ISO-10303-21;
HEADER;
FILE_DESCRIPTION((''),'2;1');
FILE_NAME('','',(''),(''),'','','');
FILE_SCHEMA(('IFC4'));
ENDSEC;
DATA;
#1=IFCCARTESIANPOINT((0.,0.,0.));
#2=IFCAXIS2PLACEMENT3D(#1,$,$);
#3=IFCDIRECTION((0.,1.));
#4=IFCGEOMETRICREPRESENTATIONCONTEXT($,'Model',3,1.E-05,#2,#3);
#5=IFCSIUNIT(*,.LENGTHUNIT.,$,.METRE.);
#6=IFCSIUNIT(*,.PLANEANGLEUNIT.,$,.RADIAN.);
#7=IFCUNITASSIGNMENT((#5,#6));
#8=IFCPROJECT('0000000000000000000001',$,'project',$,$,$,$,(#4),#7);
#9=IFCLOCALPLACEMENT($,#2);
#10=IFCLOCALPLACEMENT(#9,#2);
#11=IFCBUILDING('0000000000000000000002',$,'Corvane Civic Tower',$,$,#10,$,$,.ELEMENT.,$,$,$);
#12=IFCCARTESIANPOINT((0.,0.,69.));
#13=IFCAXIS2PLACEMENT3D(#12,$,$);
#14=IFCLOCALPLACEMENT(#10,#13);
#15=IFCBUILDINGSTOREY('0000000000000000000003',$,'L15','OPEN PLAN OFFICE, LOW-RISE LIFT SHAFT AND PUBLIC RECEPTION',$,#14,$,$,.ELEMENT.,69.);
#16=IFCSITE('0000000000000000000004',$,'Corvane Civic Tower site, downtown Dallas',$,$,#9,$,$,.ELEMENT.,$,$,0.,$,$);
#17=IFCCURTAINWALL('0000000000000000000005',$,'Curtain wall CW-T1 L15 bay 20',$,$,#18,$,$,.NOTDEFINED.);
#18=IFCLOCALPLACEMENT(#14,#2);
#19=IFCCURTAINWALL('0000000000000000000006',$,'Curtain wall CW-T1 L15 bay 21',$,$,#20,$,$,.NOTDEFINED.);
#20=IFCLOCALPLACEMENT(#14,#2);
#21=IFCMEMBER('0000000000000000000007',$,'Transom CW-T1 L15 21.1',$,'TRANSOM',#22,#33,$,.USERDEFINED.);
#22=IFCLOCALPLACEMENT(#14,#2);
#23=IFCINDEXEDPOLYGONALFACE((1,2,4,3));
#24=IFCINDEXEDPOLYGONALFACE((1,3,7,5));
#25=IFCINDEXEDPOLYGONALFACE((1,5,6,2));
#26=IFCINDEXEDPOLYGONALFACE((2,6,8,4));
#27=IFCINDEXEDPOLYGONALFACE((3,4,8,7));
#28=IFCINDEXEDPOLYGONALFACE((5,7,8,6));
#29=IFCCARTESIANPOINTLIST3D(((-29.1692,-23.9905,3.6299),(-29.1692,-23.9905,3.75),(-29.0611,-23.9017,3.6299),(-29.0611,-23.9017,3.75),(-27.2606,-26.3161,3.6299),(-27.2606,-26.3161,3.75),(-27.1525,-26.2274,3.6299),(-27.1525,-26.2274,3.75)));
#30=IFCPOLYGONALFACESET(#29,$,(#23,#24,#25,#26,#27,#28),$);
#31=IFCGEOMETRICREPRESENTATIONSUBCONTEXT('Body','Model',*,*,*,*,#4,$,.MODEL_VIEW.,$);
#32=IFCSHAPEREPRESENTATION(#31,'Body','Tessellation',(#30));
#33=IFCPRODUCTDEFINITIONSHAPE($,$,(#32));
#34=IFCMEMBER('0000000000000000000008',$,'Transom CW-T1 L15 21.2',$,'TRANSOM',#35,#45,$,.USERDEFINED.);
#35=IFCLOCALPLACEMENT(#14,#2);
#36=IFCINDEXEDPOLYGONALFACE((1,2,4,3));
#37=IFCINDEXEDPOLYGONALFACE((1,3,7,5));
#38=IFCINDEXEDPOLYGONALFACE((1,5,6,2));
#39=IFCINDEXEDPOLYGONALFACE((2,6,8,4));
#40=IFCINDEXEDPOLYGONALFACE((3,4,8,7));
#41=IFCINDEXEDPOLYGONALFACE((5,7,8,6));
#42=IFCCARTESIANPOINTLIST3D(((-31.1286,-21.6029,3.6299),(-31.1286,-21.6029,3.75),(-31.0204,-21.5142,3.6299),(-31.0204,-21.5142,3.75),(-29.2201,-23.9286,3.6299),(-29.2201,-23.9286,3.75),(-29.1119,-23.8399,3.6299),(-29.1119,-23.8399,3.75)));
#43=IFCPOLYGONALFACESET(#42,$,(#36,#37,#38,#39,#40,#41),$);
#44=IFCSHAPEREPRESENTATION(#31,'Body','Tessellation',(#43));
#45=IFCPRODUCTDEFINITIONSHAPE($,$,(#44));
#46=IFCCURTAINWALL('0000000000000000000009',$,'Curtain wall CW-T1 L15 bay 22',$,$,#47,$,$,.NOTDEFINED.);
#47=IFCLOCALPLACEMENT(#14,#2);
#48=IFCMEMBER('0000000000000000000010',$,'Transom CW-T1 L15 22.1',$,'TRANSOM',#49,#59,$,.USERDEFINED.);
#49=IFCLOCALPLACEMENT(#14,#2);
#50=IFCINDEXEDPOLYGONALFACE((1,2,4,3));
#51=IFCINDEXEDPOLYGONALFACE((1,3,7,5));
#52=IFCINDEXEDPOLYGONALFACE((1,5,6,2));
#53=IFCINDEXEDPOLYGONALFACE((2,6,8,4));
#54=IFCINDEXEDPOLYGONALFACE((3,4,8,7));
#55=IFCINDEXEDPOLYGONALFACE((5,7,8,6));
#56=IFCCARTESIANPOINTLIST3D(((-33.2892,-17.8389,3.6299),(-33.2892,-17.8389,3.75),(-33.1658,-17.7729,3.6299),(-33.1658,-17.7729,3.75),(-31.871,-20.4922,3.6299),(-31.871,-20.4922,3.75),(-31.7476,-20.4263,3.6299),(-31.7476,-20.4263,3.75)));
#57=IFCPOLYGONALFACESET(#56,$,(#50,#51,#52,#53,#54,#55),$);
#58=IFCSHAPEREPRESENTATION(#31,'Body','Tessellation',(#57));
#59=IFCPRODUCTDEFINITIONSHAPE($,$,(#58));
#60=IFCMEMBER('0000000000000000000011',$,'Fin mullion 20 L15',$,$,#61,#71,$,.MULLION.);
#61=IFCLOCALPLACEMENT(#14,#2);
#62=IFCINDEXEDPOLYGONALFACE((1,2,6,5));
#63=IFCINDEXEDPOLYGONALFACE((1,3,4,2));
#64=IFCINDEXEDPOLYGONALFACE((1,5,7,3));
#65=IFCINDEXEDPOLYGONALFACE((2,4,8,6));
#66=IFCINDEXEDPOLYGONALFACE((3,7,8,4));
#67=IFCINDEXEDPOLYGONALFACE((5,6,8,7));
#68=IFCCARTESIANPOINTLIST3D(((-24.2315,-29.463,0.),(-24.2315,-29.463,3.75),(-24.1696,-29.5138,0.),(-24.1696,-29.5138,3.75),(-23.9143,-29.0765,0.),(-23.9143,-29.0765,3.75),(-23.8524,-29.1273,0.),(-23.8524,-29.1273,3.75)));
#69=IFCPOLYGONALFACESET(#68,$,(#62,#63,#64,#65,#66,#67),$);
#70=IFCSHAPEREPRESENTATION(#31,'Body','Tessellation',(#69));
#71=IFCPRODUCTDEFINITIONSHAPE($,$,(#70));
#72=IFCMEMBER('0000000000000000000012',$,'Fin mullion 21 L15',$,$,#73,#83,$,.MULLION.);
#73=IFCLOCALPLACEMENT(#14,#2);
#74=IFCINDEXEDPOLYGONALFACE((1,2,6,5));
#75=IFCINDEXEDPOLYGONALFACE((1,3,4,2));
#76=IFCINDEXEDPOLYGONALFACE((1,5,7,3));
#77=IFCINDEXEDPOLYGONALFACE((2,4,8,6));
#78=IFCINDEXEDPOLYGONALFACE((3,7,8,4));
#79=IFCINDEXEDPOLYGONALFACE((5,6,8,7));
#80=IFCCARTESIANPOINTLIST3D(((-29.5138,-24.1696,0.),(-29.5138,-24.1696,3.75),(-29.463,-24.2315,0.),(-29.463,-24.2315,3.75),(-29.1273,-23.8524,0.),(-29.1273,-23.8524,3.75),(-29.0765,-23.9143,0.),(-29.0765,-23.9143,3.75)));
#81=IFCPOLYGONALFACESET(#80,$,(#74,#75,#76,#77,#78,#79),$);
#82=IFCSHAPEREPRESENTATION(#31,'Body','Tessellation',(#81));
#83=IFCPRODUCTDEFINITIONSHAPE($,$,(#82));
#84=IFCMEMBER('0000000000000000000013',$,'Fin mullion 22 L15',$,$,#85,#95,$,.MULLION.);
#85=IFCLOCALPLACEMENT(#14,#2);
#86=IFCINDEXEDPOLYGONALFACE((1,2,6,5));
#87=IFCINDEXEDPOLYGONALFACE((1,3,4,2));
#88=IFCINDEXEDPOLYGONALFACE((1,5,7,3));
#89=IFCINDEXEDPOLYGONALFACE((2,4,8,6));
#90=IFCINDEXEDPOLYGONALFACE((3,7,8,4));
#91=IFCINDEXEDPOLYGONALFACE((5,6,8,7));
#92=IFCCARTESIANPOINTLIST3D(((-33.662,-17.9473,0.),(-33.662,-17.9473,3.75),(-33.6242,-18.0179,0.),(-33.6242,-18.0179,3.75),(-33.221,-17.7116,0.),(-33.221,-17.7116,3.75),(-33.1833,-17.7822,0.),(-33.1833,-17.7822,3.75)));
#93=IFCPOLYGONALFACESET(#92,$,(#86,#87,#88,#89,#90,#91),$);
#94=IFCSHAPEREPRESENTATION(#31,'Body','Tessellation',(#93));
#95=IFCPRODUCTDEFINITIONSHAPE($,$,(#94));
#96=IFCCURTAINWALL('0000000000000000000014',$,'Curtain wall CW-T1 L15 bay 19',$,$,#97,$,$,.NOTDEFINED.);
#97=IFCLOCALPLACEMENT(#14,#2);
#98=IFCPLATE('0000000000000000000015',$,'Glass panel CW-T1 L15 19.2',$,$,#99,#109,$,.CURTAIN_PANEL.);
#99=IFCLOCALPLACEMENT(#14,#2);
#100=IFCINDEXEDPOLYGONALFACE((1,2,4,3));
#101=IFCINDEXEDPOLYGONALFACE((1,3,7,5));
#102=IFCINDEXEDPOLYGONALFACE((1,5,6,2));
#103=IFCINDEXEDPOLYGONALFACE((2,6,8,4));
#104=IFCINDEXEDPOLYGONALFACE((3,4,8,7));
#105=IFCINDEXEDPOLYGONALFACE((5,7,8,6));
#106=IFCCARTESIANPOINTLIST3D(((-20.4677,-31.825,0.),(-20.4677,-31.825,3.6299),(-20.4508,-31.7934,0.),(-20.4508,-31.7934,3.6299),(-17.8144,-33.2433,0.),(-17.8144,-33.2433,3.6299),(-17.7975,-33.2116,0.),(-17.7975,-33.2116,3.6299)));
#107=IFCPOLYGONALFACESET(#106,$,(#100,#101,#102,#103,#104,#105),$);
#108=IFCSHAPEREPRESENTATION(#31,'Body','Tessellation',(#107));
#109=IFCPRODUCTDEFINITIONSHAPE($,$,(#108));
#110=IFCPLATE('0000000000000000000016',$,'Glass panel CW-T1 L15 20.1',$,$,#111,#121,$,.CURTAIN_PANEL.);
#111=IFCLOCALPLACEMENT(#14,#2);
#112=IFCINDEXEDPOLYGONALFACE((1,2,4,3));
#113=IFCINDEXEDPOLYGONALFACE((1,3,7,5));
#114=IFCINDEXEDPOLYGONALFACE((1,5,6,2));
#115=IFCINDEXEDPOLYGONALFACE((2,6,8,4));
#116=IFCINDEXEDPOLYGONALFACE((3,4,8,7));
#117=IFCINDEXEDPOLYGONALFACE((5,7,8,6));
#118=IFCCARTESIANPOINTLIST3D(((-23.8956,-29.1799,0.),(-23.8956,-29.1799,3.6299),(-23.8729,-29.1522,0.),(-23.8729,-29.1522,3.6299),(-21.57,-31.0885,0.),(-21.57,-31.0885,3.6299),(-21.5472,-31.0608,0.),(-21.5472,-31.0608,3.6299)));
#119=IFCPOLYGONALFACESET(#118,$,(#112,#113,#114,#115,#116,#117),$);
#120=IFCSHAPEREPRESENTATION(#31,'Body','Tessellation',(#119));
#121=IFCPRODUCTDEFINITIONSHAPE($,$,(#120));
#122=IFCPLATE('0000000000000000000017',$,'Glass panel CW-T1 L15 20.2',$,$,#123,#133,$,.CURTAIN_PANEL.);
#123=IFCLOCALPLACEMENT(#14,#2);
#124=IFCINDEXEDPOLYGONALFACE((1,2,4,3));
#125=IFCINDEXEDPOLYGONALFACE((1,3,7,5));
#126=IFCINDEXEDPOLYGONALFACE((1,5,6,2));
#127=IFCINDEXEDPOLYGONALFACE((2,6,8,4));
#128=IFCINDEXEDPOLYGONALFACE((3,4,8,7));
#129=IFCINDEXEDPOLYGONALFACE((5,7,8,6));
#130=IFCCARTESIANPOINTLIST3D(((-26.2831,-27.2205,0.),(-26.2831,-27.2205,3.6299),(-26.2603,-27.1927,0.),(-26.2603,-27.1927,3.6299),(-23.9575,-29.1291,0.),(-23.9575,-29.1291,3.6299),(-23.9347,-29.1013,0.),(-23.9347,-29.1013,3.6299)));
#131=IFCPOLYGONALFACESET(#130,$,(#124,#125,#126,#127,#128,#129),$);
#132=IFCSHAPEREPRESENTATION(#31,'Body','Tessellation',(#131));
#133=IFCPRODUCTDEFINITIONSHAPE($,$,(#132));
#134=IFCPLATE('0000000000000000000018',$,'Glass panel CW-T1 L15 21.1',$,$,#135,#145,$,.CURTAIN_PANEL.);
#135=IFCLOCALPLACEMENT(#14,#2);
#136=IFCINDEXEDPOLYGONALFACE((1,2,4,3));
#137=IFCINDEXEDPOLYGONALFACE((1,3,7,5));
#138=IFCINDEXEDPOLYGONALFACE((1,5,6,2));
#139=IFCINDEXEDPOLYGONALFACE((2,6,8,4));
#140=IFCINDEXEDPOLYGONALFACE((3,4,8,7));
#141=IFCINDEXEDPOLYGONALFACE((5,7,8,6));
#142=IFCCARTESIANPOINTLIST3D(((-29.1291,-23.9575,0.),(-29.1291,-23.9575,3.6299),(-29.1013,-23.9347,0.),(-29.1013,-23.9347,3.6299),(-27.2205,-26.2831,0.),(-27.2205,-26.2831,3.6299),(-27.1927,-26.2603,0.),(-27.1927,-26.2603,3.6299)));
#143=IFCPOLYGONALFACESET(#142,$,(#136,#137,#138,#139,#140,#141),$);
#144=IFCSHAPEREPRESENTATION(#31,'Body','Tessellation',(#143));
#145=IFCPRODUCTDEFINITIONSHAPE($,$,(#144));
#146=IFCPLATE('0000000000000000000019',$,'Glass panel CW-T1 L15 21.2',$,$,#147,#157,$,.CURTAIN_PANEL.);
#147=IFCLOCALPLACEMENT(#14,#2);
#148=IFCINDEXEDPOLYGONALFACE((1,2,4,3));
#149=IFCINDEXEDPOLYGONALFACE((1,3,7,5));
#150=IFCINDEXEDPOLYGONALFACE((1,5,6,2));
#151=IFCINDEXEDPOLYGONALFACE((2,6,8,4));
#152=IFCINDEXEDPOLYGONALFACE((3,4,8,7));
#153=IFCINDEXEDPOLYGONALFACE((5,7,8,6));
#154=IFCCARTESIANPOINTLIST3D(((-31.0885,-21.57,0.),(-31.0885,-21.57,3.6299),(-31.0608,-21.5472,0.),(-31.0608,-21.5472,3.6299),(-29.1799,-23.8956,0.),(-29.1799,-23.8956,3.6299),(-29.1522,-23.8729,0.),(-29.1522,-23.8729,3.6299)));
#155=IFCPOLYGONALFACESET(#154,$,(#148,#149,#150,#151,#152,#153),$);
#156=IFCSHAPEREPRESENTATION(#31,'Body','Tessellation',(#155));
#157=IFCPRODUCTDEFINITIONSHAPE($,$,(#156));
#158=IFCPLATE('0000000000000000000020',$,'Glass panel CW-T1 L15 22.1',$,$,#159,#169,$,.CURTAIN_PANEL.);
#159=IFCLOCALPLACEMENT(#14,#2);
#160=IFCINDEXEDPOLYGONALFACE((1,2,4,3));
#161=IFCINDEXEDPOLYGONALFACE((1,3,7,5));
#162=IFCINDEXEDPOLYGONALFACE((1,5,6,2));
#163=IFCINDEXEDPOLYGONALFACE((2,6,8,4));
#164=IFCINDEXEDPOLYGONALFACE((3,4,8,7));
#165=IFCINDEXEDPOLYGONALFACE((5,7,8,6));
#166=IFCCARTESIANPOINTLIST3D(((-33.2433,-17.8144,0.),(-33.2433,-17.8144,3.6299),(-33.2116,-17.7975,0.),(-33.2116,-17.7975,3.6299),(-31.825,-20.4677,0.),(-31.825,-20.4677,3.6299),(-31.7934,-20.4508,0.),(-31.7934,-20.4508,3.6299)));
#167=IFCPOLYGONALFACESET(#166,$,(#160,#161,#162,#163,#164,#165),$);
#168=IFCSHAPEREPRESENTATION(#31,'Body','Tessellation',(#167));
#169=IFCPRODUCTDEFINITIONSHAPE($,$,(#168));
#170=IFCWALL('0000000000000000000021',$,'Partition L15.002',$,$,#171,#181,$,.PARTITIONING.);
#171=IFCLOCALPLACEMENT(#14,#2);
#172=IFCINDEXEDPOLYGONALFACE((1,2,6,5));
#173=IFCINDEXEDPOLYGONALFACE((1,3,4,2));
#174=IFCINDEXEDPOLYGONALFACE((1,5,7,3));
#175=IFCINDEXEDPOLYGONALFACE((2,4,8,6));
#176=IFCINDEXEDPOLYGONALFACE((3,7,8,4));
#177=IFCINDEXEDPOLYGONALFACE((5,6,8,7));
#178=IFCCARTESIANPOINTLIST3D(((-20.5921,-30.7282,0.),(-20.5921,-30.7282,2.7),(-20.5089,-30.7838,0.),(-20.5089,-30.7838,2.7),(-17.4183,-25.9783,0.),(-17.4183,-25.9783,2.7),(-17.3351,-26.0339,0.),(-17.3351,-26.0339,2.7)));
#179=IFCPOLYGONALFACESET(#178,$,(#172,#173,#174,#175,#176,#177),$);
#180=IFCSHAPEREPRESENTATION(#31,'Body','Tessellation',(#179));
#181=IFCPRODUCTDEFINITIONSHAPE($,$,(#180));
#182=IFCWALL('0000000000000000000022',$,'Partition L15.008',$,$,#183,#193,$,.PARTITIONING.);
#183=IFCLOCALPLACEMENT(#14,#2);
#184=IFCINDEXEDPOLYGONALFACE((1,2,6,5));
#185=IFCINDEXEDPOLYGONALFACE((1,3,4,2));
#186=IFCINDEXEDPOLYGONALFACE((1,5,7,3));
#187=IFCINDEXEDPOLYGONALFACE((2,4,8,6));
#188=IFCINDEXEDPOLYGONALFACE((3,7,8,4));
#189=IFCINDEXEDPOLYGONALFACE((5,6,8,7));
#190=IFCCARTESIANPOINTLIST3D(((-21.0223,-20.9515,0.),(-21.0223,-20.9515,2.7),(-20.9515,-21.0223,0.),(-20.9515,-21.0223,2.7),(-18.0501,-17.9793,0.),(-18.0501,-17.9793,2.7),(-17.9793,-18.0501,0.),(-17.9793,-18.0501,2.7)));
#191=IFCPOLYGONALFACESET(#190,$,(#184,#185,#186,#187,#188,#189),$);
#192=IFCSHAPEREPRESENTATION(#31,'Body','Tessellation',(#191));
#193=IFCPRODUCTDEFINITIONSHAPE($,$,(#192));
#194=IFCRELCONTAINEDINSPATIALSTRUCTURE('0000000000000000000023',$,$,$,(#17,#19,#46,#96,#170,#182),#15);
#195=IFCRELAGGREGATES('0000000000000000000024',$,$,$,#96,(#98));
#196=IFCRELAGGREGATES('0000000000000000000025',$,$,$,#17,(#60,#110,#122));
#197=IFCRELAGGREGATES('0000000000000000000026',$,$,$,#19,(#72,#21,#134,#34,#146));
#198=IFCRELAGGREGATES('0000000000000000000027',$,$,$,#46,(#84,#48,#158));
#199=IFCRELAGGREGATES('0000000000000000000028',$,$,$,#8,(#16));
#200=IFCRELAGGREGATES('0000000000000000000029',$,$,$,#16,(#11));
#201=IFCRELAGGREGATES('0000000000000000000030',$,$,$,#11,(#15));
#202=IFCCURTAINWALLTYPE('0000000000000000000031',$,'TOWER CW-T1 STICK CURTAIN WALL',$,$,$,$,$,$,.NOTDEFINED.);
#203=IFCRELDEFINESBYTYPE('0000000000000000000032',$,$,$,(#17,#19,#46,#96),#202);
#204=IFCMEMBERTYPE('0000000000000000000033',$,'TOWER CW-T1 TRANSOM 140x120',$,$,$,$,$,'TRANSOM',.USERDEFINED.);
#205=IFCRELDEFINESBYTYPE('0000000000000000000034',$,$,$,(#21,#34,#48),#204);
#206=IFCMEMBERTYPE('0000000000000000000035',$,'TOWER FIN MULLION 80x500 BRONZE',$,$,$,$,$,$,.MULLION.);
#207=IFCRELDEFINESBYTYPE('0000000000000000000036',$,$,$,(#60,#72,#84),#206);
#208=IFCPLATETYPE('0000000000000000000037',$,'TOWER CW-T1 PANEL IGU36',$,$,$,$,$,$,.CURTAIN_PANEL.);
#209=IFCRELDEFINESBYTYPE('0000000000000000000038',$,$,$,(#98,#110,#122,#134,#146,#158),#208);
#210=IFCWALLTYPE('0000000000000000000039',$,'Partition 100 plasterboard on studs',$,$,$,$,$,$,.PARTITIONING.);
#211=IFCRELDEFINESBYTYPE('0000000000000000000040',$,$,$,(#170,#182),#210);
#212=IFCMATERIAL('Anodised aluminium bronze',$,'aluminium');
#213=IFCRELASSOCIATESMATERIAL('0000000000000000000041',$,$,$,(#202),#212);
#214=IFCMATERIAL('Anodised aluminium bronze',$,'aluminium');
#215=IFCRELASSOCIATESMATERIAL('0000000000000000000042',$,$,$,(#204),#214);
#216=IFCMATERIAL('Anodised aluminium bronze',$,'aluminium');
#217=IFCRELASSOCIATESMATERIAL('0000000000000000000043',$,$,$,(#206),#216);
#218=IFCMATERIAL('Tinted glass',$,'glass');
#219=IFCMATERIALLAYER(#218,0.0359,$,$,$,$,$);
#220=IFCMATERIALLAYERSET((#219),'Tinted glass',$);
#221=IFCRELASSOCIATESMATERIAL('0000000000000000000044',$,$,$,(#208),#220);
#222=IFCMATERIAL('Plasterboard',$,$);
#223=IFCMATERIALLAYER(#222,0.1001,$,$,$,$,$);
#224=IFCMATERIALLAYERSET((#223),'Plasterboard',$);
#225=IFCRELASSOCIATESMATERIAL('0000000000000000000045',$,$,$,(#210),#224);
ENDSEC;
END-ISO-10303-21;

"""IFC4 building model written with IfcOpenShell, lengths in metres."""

from ifc_helpers import new_model, si_unit, direction, frame, frame_2d, origin, origin_2d, place, context, subcontext, project, spatial, rectangle, extrude, material, layer, layer_set, material_profile, profile_set, type_object, element, aggregate, save


model = new_model("IFC4")

# Units and contexts
model_context = context("Model", 3, precision=1e-05, world=origin(), true_north=direction((0.0, 1.0)))
body_context = subcontext(model_context, "Body", "Model", "MODEL_VIEW")
ifc_project = project(units=[si_unit("LENGTHUNIT", "METRE"), si_unit("PLANEANGLEUNIT", "RADIAN")], contexts=[model_context])

# Site, building, storey
site_placement = place(None, origin())
site = spatial("IfcSite", under=ifc_project, at=site_placement, Name="Corvane Civic Tower site, downtown Dallas", CompositionType="ELEMENT", RefElevation=0.0)
building_placement = place(site_placement, origin())
building = spatial("IfcBuilding", under=site, at=building_placement, Name="Corvane Civic Tower", CompositionType="ELEMENT")
storey_placement = place(building_placement, frame((0.0, 0.0, 69.0)))
storey = spatial("IfcBuildingStorey", under=building, at=storey_placement, Name="L15", Description="OPEN PLAN OFFICE, LOW-RISE LIFT SHAFT AND PUBLIC RECEPTION", CompositionType="ELEMENT", Elevation=69.0)

# Curtain walls, members
ifc_material_1 = material(Name="Anodised aluminium bronze", Category="aluminium")
curtain_wall_type = type_object("IfcCurtainWallType", Name="TOWER CW-T1 STICK CURTAIN WALL", PredefinedType="NOTDEFINED", material=ifc_material_1)
curtain_wall_1_placement = place(storey_placement, origin())
curtain_wall_1 = element("IfcCurtainWall", 1, at=curtain_wall_1_placement, inside=storey, type_object=curtain_wall_type, Name="Curtain wall CW-T1 L15 bay 20", PredefinedType="NOTDEFINED")
ifc_material_2 = material(Name="Anodised aluminium bronze", Category="aluminium")
ifc_material_profile_1 = material_profile(ifc_material_2, rectangle(XDim=0.1399, YDim=0.1201, at=origin_2d()), Name="TOWER CW-T1 TRANSOM 140x120")
ifc_profile_set_1 = profile_set([ifc_material_profile_1], Name="Anodised aluminium bronze")
member_type_1 = type_object("IfcMemberType", Name="TOWER CW-T1 TRANSOM 140x120", ElementType="TRANSOM", PredefinedType="USERDEFINED", material=ifc_profile_set_1)
curtain_wall_2_placement = place(storey_placement, origin())
curtain_wall_2 = element("IfcCurtainWall", 2, at=curtain_wall_2_placement, inside=storey, type_object=curtain_wall_type, Name="Curtain wall CW-T1 L15 bay 21", PredefinedType="NOTDEFINED")
member_1_placement = place(storey_placement, frame((-27.2065, -26.2717, 3.6899), z_axis=(-0.634404, 0.773002, 0.0), x_axis=(-0.773002, -0.634404, 0.0)))
member_1 = element("IfcMember", 3, at=member_1_placement, type_object=member_type_1, Name="Transom CW-T1 L15 21.1", ObjectType="TRANSOM", PredefinedType="USERDEFINED", context=body_context, shape_type="SweptSolid", body=[
    extrude(rectangle(XDim=0.1399, YDim=0.1201, at=origin_2d()), origin(), (0.0, 0.0, 1.0), 3.0085),
])
member_2_placement = place(storey_placement, frame((-29.166, -23.8843, 3.6899), z_axis=(-0.634355, 0.773042, 0.0), x_axis=(-0.773042, -0.634355, 0.0)))
member_2 = element("IfcMember", 4, at=member_2_placement, type_object=member_type_1, Name="Transom CW-T1 L15 21.2", ObjectType="TRANSOM", PredefinedType="USERDEFINED", context=body_context, shape_type="SweptSolid", body=[
    extrude(rectangle(XDim=0.1399, YDim=0.1201, at=origin_2d()), origin(), (0.0, 0.0, 1.0), 3.0085),
])

# Curtain wall, member
curtain_wall_3_placement = place(storey_placement, origin())
curtain_wall_3 = element("IfcCurtainWall", 5, at=curtain_wall_3_placement, inside=storey, type_object=curtain_wall_type, Name="Curtain wall CW-T1 L15 bay 22", PredefinedType="NOTDEFINED")
member_3_placement = place(storey_placement, frame((-31.8093, -20.4592, 3.6899), z_axis=(-0.471393, 0.881924, 0.0), x_axis=(-0.881924, -0.471393, 0.0)))
member_3 = element("IfcMember", 6, at=member_3_placement, type_object=member_type_1, Name="Transom CW-T1 L15 22.1", ObjectType="TRANSOM", PredefinedType="USERDEFINED", context=body_context, shape_type="SweptSolid", body=[
    extrude(rectangle(XDim=0.1399, YDim=0.1201, at=origin_2d()), origin(), (0.0, 0.0, 1.0), 3.0085),
])

# Members
ifc_material_3 = material(Name="Anodised aluminium bronze", Category="aluminium")
ifc_material_profile_2 = material_profile(ifc_material_3, rectangle(XDim=0.0801, YDim=0.5, at=origin_2d()), Name="TOWER FIN MULLION 80x500 BRONZE")
ifc_profile_set_2 = profile_set([ifc_material_profile_2], Name="Anodised aluminium bronze")
member_type_2 = type_object("IfcMemberType", Name="TOWER FIN MULLION 80x500 BRONZE", PredefinedType="MULLION", material=ifc_profile_set_2)
member_4_placement = place(storey_placement, frame((-24.042, -29.2952, 0.0), z_axis=(0.0, 0.0, 1.0), x_axis=(-0.773007, 0.634397, 0.0)))
member_4 = element("IfcMember", 7, at=member_4_placement, type_object=member_type_2, Name="Fin mullion 20 L15", PredefinedType="MULLION", context=body_context, shape_type="SweptSolid", body=[
    extrude(rectangle(XDim=0.0801, YDim=0.5, at=origin_2d()), origin(), (0.0, 0.0, 1.0), 3.75),
])
member_5_placement = place(storey_placement, frame((-29.2952, -24.042, 0.0), z_axis=(0.0, 0.0, 1.0), x_axis=(-0.634397, 0.773007, 0.0)))
member_5 = element("IfcMember", 8, at=member_5_placement, type_object=member_type_2, Name="Fin mullion 21 L15", PredefinedType="MULLION", context=body_context, shape_type="SweptSolid", body=[
    extrude(rectangle(XDim=0.0801, YDim=0.5, at=origin_2d()), origin(), (0.0, 0.0, 1.0), 3.75),
])
member_6_placement = place(storey_placement, frame((-33.4226, -17.8647, 0.0), z_axis=(0.0, 0.0, 1.0), x_axis=(-0.471404, 0.881918, 0.0)))
member_6 = element("IfcMember", 9, at=member_6_placement, type_object=member_type_2, Name="Fin mullion 22 L15", PredefinedType="MULLION", context=body_context, shape_type="SweptSolid", body=[
    extrude(rectangle(XDim=0.0801, YDim=0.5, at=origin_2d()), origin(), (0.0, 0.0, 1.0), 3.75),
])

# Curtain wall, plate
curtain_wall_4_placement = place(storey_placement, origin())
curtain_wall_4 = element("IfcCurtainWall", 10, at=curtain_wall_4_placement, inside=storey, type_object=curtain_wall_type, Name="Curtain wall CW-T1 L15 bay 19", PredefinedType="NOTDEFINED")
ifc_material_4 = material(Name="Tinted glass", Category="glass")
ifc_layer_1 = layer(ifc_material_4, 0.0359)
ifc_layer_set_1 = layer_set([ifc_layer_1], Name="Tinted glass")
plate_type = type_object("IfcPlateType", Name="TOWER CW-T1 PANEL IGU36", PredefinedType="CURTAIN_PANEL", material=ifc_layer_set_1)
plate_1_placement = place(storey_placement, frame((-19.1326, -32.5183, 0.0), z_axis=(0.0, 0.0, 1.0), x_axis=(-0.881918, 0.471404, 0.0)))
plate_1 = element("IfcPlate", 11, at=plate_1_placement, type_object=plate_type, Name="Glass panel CW-T1 L15 19.2", PredefinedType="CURTAIN_PANEL", context=body_context, shape_type="SweptSolid", body=[
    extrude(rectangle(XDim=3.0085, YDim=0.0359, at=origin_2d()), origin(), (0.0, 0.0, 1.0), 3.6299),
])
aggregate(curtain_wall_4, [plate_1])

# Plates
plate_2_placement = place(storey_placement, frame((-22.7214, -30.1204, 0.0), z_axis=(0.0, 0.0, 1.0), x_axis=(-0.773007, 0.634397, 0.0)))
plate_2 = element("IfcPlate", 12, at=plate_2_placement, type_object=plate_type, Name="Glass panel CW-T1 L15 20.1", PredefinedType="CURTAIN_PANEL", context=body_context, shape_type="SweptSolid", body=[
    extrude(rectangle(XDim=3.0085, YDim=0.0359, at=origin_2d()), origin(), (0.0, 0.0, 1.0), 3.6299),
])
plate_3_placement = place(storey_placement, frame((-25.1089, -28.1609, 0.0), z_axis=(0.0, 0.0, 1.0), x_axis=(-0.773007, 0.634397, 0.0)))
plate_3 = element("IfcPlate", 13, at=plate_3_placement, type_object=plate_type, Name="Glass panel CW-T1 L15 20.2", PredefinedType="CURTAIN_PANEL", context=body_context, shape_type="SweptSolid", body=[
    extrude(rectangle(XDim=3.0085, YDim=0.0359, at=origin_2d()), origin(), (0.0, 0.0, 1.0), 3.6299),
])
aggregate(curtain_wall_1, [member_4, plate_2, plate_3])
plate_4_placement = place(storey_placement, frame((-28.1609, -25.1089, 0.0), z_axis=(0.0, 0.0, 1.0), x_axis=(-0.634397, 0.773007, 0.0)))
plate_4 = element("IfcPlate", 14, at=plate_4_placement, type_object=plate_type, Name="Glass panel CW-T1 L15 21.1", PredefinedType="CURTAIN_PANEL", context=body_context, shape_type="SweptSolid", body=[
    extrude(rectangle(XDim=3.0085, YDim=0.0359, at=origin_2d()), origin(), (0.0, 0.0, 1.0), 3.6299),
])
plate_5_placement = place(storey_placement, frame((-30.1204, -22.7214, 0.0), z_axis=(0.0, 0.0, 1.0), x_axis=(-0.634397, 0.773007, 0.0)))
plate_5 = element("IfcPlate", 15, at=plate_5_placement, type_object=plate_type, Name="Glass panel CW-T1 L15 21.2", PredefinedType="CURTAIN_PANEL", context=body_context, shape_type="SweptSolid", body=[
    extrude(rectangle(XDim=3.0085, YDim=0.0359, at=origin_2d()), origin(), (0.0, 0.0, 1.0), 3.6299),
])
aggregate(curtain_wall_2, [member_5, member_1, plate_4, member_2, plate_5])
plate_6_placement = place(storey_placement, frame((-32.5183, -19.1326, 0.0), z_axis=(0.0, 0.0, 1.0), x_axis=(-0.471404, 0.881918, 0.0)))
plate_6 = element("IfcPlate", 16, at=plate_6_placement, type_object=plate_type, Name="Glass panel CW-T1 L15 22.1", PredefinedType="CURTAIN_PANEL", context=body_context, shape_type="SweptSolid", body=[
    extrude(rectangle(XDim=3.0085, YDim=0.0359, at=origin_2d()), origin(), (0.0, 0.0, 1.0), 3.6299),
])
aggregate(curtain_wall_3, [member_6, member_3, plate_6])

# Walls
ifc_material_5 = material(Name="Plasterboard")
ifc_layer_2 = layer(ifc_material_5, 0.1001)
ifc_layer_set_2 = layer_set([ifc_layer_2], Name="Plasterboard")
wall_type = type_object("IfcWallType", Name="Partition 100 plasterboard on studs", PredefinedType="PARTITIONING", material=ifc_layer_set_2)
wall_1_placement = place(storey_placement, frame((-20.5505, -30.7561, 0.0), z_axis=(0.0, 0.0, 1.0), x_axis=(0.555568, 0.831471, 0.0)))
element("IfcWall", 17, at=wall_1_placement, inside=storey, type_object=wall_type, Name="Partition L15.002", PredefinedType="PARTITIONING", context=body_context, shape_type="SweptSolid", body=[
    extrude(rectangle(XDim=5.7126, YDim=0.1001, at=frame_2d((2.8564, 0.0))), origin(), (0.0, 0.0, 1.0), 2.7),
])
wall_2_placement = place(storey_placement, frame((-20.9868, -20.9868, 0.0), z_axis=(0.0, 0.0, 1.0), x_axis=(0.707107, 0.707107, 0.0)))
element("IfcWall", 18, at=wall_2_placement, inside=storey, type_object=wall_type, Name="Partition L15.008", PredefinedType="PARTITIONING", context=body_context, shape_type="SweptSolid", body=[
    extrude(rectangle(XDim=4.2034, YDim=0.1001, at=frame_2d((2.1016, 0.0))), origin(), (0.0, 0.0, 1.0), 2.7),
])

save(model, "model.ifc")
